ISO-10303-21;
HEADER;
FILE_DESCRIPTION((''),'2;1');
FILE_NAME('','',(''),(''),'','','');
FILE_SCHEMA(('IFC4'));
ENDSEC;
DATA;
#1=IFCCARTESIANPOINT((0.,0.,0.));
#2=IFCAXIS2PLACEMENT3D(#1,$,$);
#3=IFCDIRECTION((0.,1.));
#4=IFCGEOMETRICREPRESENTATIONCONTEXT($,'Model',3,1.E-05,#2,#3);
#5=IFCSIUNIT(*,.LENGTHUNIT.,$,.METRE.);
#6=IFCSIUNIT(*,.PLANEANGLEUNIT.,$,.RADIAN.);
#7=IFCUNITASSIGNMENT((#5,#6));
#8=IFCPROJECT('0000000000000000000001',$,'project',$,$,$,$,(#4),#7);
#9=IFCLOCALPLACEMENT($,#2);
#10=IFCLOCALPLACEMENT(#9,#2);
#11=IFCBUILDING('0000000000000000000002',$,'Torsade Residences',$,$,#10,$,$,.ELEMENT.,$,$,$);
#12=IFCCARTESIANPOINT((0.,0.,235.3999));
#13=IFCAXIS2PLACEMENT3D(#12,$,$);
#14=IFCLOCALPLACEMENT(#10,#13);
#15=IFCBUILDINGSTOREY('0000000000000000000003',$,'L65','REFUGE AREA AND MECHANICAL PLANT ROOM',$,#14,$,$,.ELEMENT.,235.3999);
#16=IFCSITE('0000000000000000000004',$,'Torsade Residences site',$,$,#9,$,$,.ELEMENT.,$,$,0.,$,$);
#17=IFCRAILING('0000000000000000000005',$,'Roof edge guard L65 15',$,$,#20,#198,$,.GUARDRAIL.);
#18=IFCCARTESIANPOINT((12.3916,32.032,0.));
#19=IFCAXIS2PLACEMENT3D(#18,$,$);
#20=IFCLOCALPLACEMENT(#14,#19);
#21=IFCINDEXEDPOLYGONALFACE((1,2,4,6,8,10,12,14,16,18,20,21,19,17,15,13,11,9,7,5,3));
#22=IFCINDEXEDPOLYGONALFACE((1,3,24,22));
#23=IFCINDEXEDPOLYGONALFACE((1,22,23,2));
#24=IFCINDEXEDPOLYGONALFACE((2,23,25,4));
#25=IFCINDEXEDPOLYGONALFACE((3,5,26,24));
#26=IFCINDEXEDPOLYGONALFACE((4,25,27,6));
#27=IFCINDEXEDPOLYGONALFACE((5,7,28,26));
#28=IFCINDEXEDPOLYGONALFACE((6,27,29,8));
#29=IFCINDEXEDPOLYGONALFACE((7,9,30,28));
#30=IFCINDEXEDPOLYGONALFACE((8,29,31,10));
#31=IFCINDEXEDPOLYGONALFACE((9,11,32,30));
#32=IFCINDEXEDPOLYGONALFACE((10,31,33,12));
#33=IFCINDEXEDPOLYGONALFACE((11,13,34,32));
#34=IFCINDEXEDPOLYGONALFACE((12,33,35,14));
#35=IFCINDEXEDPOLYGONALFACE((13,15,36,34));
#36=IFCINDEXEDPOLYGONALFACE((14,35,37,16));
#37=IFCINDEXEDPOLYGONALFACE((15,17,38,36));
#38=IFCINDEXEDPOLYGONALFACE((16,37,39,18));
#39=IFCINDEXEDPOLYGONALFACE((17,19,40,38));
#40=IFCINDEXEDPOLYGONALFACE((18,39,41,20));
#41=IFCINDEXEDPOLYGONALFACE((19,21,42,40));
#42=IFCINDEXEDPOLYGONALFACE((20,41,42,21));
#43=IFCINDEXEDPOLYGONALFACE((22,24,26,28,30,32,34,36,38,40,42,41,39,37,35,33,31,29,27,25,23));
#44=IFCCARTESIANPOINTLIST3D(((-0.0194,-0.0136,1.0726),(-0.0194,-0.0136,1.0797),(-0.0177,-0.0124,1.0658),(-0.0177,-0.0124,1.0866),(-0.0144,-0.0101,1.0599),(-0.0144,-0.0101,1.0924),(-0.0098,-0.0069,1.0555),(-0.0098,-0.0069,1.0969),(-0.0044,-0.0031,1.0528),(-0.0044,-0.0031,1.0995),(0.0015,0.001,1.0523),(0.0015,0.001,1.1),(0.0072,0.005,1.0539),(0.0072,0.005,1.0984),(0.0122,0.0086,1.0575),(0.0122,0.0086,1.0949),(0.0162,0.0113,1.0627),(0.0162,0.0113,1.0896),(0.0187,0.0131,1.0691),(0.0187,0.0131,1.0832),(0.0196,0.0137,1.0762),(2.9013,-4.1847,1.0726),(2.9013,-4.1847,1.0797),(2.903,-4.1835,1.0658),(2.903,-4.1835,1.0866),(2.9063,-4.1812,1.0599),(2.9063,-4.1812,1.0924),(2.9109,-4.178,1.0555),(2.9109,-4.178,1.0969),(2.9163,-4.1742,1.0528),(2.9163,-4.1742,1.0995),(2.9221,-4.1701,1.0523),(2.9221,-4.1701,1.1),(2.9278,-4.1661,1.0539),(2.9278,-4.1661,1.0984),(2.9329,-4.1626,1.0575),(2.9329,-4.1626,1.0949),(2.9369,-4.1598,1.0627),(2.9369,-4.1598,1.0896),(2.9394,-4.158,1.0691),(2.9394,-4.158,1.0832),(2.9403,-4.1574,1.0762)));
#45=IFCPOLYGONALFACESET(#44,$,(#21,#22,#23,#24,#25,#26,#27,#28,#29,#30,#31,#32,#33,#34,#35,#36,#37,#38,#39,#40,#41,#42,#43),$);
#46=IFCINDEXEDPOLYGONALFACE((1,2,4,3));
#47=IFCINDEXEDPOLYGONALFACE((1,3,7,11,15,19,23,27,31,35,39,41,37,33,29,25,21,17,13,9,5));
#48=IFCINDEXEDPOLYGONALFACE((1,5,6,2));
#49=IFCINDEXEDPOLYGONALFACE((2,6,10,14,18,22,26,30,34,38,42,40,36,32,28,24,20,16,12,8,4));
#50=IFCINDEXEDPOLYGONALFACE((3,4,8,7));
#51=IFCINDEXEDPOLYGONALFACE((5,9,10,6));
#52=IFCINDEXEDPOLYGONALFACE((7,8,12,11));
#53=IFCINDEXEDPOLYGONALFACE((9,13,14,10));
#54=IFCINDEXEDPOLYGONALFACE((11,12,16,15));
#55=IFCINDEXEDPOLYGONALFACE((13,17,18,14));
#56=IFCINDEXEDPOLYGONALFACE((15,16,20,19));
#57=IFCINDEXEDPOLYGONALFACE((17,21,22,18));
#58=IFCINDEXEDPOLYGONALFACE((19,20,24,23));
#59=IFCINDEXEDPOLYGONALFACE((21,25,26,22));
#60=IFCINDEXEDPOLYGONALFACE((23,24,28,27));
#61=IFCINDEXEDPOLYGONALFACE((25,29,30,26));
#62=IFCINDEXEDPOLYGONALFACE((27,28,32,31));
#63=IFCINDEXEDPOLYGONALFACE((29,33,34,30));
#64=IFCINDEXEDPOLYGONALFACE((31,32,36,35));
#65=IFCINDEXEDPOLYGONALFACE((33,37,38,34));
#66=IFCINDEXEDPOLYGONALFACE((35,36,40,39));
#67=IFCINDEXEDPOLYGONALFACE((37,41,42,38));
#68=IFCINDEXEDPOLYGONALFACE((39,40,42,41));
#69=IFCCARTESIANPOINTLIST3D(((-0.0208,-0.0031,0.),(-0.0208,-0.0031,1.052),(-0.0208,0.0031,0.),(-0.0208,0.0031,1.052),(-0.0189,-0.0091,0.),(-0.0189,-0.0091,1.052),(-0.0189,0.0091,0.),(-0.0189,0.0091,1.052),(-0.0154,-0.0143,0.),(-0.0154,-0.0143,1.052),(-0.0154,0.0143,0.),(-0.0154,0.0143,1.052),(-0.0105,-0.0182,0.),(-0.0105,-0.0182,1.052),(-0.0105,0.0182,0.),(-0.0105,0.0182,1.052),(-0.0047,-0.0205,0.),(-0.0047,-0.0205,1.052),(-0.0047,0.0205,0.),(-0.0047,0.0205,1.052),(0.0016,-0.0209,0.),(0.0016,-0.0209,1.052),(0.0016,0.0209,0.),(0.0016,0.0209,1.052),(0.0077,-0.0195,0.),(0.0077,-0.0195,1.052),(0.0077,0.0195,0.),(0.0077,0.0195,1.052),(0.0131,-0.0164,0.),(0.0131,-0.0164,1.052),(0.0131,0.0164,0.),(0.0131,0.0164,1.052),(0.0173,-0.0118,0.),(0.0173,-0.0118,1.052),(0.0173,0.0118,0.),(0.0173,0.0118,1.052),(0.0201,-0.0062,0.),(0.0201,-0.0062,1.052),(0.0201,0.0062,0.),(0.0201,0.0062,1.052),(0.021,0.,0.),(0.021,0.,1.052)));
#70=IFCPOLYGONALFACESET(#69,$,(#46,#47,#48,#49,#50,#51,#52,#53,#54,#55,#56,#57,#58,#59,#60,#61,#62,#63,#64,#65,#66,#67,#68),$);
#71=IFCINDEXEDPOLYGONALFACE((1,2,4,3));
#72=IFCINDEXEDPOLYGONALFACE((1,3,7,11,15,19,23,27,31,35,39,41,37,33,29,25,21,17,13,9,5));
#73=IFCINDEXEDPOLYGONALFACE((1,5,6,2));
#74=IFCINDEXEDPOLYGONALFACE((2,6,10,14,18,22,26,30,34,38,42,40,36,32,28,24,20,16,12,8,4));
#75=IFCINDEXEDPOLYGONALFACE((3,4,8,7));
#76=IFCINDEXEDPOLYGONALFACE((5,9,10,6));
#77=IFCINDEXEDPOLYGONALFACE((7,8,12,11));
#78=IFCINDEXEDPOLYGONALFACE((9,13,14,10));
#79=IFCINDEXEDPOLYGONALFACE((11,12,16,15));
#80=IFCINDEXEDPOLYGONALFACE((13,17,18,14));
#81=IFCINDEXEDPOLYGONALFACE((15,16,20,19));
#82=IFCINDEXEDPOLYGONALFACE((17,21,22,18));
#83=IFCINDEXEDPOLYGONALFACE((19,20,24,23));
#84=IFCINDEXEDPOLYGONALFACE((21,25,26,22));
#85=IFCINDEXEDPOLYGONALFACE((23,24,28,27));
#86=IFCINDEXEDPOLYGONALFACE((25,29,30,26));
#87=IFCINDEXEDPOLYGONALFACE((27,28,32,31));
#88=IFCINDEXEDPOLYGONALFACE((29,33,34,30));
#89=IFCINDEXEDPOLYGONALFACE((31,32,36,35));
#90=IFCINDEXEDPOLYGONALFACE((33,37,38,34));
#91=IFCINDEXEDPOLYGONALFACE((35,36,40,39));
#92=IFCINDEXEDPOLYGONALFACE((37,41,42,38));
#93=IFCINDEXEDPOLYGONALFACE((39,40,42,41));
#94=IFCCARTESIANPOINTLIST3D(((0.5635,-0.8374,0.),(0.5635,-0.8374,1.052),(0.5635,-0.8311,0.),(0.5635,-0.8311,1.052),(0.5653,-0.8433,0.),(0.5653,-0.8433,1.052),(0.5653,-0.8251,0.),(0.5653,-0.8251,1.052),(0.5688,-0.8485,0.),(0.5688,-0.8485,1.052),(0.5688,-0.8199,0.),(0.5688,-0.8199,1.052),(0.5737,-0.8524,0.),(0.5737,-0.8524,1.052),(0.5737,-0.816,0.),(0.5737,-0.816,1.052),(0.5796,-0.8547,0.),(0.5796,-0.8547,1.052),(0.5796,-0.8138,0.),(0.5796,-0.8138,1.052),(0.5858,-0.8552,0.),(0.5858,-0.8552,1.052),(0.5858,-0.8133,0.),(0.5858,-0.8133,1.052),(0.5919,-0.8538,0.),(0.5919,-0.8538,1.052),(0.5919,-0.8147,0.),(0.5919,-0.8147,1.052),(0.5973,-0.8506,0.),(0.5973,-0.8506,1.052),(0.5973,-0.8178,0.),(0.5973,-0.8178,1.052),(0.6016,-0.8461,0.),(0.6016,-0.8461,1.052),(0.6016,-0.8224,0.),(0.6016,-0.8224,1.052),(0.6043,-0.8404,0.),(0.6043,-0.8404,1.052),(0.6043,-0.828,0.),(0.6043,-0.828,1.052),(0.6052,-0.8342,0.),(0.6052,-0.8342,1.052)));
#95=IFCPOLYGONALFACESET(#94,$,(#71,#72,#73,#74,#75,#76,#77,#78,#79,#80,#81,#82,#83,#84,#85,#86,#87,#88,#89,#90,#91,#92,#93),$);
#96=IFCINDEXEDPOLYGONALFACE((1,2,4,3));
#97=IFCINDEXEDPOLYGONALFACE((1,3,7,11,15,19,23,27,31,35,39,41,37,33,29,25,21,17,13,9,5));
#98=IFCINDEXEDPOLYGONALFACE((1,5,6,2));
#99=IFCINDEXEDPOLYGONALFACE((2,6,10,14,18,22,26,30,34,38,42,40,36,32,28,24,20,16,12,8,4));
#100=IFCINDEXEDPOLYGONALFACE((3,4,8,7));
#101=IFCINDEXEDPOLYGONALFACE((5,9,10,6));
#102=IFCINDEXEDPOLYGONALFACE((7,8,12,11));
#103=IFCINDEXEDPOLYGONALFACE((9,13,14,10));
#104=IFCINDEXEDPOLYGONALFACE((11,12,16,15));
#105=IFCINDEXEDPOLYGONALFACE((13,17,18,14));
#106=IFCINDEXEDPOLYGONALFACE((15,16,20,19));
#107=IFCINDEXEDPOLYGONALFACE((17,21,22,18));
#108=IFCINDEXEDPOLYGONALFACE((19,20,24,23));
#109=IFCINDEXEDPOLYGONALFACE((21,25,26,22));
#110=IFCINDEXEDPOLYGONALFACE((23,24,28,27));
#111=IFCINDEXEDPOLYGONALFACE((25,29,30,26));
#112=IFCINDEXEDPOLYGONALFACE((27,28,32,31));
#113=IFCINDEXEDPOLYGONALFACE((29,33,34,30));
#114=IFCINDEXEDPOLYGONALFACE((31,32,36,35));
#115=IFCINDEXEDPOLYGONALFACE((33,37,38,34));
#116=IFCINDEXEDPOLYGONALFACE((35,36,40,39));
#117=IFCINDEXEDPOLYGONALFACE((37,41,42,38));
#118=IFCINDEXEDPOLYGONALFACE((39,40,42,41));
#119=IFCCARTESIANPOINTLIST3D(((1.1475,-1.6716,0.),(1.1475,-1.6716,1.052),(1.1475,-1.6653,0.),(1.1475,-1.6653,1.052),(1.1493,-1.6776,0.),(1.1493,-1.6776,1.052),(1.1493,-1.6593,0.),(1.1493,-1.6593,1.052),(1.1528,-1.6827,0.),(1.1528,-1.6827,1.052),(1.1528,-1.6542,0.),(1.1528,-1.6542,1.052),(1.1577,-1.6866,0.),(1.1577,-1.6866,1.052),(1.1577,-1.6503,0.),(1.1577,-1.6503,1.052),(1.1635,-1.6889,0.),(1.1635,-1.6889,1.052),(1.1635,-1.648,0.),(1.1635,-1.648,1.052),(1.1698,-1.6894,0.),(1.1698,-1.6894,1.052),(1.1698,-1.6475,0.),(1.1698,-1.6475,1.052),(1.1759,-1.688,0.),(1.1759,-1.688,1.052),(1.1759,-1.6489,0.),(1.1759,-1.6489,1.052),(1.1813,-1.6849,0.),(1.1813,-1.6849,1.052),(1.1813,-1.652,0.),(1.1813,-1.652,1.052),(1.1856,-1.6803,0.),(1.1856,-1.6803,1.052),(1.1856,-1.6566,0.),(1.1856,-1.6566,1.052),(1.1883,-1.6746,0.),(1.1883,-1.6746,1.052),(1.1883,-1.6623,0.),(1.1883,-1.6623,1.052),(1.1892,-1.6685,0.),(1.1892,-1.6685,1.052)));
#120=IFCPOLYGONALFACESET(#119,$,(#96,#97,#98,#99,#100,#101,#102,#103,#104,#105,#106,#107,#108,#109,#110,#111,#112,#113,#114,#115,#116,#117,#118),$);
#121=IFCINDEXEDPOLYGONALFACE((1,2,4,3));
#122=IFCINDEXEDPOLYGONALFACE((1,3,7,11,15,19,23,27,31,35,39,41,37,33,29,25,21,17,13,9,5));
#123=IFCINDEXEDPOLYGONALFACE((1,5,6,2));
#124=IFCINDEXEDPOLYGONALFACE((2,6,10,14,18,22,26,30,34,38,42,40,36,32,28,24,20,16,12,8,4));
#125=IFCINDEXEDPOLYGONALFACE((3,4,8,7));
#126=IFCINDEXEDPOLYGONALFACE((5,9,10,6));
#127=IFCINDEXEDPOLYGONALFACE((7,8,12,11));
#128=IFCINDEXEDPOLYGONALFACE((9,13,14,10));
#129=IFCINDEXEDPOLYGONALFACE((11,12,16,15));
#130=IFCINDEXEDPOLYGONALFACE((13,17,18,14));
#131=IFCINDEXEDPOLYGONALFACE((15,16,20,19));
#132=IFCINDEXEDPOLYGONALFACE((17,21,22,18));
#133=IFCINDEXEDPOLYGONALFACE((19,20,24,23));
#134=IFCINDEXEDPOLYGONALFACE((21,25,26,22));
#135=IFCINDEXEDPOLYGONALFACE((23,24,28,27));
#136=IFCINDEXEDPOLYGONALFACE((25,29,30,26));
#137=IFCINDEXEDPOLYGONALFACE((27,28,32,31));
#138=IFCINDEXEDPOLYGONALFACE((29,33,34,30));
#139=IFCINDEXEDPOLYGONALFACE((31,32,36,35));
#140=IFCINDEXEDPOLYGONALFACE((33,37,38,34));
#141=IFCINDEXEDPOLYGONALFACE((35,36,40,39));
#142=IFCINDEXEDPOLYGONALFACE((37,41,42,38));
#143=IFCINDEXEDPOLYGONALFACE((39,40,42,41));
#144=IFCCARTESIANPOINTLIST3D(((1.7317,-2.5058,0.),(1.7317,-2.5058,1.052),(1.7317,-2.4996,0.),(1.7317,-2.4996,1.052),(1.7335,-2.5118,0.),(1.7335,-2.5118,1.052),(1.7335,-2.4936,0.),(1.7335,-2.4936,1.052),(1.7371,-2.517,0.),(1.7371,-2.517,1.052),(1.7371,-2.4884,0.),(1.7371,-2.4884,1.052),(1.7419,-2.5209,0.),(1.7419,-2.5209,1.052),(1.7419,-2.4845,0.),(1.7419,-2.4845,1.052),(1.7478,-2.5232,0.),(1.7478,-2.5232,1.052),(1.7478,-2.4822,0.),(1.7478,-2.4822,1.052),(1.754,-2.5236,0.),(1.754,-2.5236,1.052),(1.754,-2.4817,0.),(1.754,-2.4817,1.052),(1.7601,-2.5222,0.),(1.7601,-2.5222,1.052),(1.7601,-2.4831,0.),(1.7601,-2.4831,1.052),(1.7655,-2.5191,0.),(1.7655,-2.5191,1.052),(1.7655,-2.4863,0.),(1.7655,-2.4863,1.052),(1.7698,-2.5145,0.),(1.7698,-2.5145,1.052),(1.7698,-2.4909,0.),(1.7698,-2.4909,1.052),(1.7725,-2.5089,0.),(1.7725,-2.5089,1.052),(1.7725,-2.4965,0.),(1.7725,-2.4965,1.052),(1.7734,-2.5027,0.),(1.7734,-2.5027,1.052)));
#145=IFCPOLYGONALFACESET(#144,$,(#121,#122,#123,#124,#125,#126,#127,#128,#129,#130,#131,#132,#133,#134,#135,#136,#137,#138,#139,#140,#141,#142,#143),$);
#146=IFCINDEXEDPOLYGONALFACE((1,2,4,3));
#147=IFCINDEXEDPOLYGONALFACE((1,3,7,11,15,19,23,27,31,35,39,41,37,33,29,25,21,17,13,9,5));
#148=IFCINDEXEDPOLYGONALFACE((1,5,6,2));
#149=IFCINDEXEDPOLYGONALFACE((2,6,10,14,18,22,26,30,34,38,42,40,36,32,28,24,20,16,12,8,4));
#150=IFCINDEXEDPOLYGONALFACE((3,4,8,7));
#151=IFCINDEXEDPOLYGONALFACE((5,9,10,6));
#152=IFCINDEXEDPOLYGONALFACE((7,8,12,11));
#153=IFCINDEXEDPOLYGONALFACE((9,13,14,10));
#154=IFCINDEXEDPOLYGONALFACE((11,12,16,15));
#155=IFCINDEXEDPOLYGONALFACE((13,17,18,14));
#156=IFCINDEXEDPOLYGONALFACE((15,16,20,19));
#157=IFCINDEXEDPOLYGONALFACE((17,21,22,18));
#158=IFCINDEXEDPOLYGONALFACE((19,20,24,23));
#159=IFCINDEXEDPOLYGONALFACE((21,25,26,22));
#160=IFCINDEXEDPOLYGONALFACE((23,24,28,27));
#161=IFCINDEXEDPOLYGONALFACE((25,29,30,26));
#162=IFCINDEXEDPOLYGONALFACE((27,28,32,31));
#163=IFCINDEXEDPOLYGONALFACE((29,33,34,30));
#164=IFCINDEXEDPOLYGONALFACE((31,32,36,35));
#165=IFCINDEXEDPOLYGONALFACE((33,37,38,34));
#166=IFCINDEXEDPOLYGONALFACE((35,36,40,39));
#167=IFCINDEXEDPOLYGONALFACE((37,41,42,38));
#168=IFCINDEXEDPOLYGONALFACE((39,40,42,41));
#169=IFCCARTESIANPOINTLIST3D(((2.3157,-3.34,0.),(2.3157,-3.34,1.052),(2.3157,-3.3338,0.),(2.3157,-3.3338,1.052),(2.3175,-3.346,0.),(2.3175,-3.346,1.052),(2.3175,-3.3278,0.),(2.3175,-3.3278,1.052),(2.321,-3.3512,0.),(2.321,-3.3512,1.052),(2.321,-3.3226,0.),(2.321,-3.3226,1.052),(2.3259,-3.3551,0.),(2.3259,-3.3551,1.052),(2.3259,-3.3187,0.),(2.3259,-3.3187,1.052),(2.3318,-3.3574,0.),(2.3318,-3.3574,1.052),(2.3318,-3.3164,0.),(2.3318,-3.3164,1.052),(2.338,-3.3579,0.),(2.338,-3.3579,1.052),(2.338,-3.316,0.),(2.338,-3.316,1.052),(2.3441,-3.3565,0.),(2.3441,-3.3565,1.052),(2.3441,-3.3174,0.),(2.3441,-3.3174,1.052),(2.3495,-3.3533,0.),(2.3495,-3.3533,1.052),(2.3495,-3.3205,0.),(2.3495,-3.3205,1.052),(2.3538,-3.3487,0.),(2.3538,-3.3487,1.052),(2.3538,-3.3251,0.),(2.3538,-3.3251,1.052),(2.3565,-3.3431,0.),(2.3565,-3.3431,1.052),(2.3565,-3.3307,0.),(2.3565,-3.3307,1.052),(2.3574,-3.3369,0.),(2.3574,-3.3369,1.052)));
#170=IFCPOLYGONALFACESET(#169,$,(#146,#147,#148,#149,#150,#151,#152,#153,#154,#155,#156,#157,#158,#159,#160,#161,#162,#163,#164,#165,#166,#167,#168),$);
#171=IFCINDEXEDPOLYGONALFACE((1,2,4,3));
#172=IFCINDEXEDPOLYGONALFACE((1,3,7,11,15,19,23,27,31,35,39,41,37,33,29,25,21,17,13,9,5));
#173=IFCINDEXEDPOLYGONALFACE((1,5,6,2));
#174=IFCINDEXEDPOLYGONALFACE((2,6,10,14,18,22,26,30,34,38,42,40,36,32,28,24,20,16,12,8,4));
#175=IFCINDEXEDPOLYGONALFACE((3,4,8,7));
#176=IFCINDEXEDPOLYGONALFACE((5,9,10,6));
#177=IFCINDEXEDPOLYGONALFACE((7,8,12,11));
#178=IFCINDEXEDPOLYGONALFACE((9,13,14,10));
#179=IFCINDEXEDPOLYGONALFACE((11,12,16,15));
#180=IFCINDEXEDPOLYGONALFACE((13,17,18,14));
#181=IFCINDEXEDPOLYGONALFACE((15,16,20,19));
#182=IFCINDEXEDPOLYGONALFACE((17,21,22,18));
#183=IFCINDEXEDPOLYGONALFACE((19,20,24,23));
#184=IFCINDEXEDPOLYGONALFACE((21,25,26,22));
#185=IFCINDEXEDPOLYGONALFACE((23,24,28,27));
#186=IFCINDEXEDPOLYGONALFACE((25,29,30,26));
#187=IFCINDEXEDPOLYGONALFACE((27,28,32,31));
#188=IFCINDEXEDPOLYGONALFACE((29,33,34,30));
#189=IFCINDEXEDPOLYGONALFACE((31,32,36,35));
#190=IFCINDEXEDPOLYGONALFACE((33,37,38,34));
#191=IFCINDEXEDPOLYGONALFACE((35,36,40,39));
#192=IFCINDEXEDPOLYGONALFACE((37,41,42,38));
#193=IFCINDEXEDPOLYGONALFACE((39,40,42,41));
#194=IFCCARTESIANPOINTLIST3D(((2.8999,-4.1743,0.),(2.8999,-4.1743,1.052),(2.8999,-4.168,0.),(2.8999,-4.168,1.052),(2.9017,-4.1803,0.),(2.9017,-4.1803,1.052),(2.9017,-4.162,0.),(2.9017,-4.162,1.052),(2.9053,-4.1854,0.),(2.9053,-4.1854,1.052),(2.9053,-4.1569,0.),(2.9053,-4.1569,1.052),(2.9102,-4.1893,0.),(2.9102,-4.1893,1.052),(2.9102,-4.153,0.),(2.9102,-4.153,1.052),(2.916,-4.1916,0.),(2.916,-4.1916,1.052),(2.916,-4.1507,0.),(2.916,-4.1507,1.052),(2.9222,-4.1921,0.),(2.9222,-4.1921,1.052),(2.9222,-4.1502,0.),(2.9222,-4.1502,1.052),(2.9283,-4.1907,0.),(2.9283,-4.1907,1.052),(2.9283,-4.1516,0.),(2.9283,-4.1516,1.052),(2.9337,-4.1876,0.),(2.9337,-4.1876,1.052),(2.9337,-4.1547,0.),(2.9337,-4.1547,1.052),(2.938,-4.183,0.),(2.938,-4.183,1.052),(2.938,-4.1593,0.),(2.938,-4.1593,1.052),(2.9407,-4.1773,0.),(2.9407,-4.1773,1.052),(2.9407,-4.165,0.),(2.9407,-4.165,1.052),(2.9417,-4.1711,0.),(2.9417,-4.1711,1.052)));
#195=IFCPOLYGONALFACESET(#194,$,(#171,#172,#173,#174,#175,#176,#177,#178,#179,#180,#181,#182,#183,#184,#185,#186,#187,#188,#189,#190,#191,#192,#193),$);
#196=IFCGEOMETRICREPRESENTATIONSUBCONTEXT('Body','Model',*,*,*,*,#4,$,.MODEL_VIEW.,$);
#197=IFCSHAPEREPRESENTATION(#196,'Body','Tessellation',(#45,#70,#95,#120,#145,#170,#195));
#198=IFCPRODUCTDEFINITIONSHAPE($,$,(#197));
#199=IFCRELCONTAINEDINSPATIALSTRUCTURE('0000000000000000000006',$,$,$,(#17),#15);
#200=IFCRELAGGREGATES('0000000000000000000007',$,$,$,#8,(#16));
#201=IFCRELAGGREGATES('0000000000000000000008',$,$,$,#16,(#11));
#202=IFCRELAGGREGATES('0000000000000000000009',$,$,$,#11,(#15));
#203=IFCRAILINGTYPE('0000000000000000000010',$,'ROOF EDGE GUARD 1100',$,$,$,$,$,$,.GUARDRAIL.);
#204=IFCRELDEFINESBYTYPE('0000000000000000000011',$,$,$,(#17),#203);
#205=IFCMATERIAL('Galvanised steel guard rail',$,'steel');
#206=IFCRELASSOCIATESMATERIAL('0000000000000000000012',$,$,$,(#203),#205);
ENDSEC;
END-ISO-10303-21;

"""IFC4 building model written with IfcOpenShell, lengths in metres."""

from ifc_helpers import new_model, si_unit, direction, frame, origin, origin_2d, place, context, subcontext, project, spatial, circle, extrude, material, type_object, element, save


model = new_model("IFC4")

# Units and contexts
model_context = context("Model", 3, precision=1e-05, world=origin(), true_north=direction((0.0, 1.0)))
body_context = subcontext(model_context, "Body", "Model", "MODEL_VIEW")
ifc_project = project(units=[si_unit("LENGTHUNIT", "METRE"), si_unit("PLANEANGLEUNIT", "RADIAN")], contexts=[model_context])

# Site, building, storey
site_placement = place(None, origin())
site = spatial("IfcSite", under=ifc_project, at=site_placement, Name="Torsade Residences site", CompositionType="ELEMENT", RefElevation=0.0)
building_placement = place(site_placement, origin())
building = spatial("IfcBuilding", under=site, at=building_placement, Name="Torsade Residences", CompositionType="ELEMENT")
storey_placement = place(building_placement, frame((0.0, 0.0, 235.3999)))
storey = spatial("IfcBuildingStorey", under=building, at=storey_placement, Name="L65", Description="REFUGE AREA AND MECHANICAL PLANT ROOM", CompositionType="ELEMENT", Elevation=235.3999)

# Railing
ifc_material_1 = material(Name="Galvanised steel guard rail", Category="steel")
railing_type = type_object("IfcRailingType", Name="ROOF EDGE GUARD 1100", PredefinedType="GUARDRAIL", material=ifc_material_1)
railing_1_placement = place(storey_placement, frame((12.3916, 32.032, 0.0)))
element("IfcRailing", 1, at=railing_1_placement, inside=storey, type_object=railing_type, Name="Roof edge guard L65 15", PredefinedType="GUARDRAIL", context=body_context, shape_type="SweptSolid", body=[
    extrude(circle(Radius=0.0239, at=origin_2d()), frame((0.0, 0.0, 1.0762), z_axis=(0.573575, -0.819153, 0.0), x_axis=(0.819153, 0.573575, 0.0)), (0.0, 0.0, 1.0), 5.092),
    extrude(circle(Radius=0.021, at=origin_2d()), origin(), (0.0, 0.0, 1.0), 1.052),
    extrude(circle(Radius=0.021, at=origin_2d()), frame((0.5842, -0.8342, 0.0)), (0.0, 0.0, 1.0), 1.052),
    extrude(circle(Radius=0.021, at=origin_2d()), frame((1.1682, -1.6685, 0.0)), (0.0, 0.0, 1.0), 1.052),
    extrude(circle(Radius=0.021, at=origin_2d()), frame((1.7524, -2.5027, 0.0)), (0.0, 0.0, 1.0), 1.052),
    extrude(circle(Radius=0.021, at=origin_2d()), frame((2.3364, -3.3369, 0.0)), (0.0, 0.0, 1.0), 1.052),
    extrude(circle(Radius=0.021, at=origin_2d()), frame((2.9207, -4.1711, 0.0)), (0.0, 0.0, 1.0), 1.052),
])

save(model, "model.ifc")
